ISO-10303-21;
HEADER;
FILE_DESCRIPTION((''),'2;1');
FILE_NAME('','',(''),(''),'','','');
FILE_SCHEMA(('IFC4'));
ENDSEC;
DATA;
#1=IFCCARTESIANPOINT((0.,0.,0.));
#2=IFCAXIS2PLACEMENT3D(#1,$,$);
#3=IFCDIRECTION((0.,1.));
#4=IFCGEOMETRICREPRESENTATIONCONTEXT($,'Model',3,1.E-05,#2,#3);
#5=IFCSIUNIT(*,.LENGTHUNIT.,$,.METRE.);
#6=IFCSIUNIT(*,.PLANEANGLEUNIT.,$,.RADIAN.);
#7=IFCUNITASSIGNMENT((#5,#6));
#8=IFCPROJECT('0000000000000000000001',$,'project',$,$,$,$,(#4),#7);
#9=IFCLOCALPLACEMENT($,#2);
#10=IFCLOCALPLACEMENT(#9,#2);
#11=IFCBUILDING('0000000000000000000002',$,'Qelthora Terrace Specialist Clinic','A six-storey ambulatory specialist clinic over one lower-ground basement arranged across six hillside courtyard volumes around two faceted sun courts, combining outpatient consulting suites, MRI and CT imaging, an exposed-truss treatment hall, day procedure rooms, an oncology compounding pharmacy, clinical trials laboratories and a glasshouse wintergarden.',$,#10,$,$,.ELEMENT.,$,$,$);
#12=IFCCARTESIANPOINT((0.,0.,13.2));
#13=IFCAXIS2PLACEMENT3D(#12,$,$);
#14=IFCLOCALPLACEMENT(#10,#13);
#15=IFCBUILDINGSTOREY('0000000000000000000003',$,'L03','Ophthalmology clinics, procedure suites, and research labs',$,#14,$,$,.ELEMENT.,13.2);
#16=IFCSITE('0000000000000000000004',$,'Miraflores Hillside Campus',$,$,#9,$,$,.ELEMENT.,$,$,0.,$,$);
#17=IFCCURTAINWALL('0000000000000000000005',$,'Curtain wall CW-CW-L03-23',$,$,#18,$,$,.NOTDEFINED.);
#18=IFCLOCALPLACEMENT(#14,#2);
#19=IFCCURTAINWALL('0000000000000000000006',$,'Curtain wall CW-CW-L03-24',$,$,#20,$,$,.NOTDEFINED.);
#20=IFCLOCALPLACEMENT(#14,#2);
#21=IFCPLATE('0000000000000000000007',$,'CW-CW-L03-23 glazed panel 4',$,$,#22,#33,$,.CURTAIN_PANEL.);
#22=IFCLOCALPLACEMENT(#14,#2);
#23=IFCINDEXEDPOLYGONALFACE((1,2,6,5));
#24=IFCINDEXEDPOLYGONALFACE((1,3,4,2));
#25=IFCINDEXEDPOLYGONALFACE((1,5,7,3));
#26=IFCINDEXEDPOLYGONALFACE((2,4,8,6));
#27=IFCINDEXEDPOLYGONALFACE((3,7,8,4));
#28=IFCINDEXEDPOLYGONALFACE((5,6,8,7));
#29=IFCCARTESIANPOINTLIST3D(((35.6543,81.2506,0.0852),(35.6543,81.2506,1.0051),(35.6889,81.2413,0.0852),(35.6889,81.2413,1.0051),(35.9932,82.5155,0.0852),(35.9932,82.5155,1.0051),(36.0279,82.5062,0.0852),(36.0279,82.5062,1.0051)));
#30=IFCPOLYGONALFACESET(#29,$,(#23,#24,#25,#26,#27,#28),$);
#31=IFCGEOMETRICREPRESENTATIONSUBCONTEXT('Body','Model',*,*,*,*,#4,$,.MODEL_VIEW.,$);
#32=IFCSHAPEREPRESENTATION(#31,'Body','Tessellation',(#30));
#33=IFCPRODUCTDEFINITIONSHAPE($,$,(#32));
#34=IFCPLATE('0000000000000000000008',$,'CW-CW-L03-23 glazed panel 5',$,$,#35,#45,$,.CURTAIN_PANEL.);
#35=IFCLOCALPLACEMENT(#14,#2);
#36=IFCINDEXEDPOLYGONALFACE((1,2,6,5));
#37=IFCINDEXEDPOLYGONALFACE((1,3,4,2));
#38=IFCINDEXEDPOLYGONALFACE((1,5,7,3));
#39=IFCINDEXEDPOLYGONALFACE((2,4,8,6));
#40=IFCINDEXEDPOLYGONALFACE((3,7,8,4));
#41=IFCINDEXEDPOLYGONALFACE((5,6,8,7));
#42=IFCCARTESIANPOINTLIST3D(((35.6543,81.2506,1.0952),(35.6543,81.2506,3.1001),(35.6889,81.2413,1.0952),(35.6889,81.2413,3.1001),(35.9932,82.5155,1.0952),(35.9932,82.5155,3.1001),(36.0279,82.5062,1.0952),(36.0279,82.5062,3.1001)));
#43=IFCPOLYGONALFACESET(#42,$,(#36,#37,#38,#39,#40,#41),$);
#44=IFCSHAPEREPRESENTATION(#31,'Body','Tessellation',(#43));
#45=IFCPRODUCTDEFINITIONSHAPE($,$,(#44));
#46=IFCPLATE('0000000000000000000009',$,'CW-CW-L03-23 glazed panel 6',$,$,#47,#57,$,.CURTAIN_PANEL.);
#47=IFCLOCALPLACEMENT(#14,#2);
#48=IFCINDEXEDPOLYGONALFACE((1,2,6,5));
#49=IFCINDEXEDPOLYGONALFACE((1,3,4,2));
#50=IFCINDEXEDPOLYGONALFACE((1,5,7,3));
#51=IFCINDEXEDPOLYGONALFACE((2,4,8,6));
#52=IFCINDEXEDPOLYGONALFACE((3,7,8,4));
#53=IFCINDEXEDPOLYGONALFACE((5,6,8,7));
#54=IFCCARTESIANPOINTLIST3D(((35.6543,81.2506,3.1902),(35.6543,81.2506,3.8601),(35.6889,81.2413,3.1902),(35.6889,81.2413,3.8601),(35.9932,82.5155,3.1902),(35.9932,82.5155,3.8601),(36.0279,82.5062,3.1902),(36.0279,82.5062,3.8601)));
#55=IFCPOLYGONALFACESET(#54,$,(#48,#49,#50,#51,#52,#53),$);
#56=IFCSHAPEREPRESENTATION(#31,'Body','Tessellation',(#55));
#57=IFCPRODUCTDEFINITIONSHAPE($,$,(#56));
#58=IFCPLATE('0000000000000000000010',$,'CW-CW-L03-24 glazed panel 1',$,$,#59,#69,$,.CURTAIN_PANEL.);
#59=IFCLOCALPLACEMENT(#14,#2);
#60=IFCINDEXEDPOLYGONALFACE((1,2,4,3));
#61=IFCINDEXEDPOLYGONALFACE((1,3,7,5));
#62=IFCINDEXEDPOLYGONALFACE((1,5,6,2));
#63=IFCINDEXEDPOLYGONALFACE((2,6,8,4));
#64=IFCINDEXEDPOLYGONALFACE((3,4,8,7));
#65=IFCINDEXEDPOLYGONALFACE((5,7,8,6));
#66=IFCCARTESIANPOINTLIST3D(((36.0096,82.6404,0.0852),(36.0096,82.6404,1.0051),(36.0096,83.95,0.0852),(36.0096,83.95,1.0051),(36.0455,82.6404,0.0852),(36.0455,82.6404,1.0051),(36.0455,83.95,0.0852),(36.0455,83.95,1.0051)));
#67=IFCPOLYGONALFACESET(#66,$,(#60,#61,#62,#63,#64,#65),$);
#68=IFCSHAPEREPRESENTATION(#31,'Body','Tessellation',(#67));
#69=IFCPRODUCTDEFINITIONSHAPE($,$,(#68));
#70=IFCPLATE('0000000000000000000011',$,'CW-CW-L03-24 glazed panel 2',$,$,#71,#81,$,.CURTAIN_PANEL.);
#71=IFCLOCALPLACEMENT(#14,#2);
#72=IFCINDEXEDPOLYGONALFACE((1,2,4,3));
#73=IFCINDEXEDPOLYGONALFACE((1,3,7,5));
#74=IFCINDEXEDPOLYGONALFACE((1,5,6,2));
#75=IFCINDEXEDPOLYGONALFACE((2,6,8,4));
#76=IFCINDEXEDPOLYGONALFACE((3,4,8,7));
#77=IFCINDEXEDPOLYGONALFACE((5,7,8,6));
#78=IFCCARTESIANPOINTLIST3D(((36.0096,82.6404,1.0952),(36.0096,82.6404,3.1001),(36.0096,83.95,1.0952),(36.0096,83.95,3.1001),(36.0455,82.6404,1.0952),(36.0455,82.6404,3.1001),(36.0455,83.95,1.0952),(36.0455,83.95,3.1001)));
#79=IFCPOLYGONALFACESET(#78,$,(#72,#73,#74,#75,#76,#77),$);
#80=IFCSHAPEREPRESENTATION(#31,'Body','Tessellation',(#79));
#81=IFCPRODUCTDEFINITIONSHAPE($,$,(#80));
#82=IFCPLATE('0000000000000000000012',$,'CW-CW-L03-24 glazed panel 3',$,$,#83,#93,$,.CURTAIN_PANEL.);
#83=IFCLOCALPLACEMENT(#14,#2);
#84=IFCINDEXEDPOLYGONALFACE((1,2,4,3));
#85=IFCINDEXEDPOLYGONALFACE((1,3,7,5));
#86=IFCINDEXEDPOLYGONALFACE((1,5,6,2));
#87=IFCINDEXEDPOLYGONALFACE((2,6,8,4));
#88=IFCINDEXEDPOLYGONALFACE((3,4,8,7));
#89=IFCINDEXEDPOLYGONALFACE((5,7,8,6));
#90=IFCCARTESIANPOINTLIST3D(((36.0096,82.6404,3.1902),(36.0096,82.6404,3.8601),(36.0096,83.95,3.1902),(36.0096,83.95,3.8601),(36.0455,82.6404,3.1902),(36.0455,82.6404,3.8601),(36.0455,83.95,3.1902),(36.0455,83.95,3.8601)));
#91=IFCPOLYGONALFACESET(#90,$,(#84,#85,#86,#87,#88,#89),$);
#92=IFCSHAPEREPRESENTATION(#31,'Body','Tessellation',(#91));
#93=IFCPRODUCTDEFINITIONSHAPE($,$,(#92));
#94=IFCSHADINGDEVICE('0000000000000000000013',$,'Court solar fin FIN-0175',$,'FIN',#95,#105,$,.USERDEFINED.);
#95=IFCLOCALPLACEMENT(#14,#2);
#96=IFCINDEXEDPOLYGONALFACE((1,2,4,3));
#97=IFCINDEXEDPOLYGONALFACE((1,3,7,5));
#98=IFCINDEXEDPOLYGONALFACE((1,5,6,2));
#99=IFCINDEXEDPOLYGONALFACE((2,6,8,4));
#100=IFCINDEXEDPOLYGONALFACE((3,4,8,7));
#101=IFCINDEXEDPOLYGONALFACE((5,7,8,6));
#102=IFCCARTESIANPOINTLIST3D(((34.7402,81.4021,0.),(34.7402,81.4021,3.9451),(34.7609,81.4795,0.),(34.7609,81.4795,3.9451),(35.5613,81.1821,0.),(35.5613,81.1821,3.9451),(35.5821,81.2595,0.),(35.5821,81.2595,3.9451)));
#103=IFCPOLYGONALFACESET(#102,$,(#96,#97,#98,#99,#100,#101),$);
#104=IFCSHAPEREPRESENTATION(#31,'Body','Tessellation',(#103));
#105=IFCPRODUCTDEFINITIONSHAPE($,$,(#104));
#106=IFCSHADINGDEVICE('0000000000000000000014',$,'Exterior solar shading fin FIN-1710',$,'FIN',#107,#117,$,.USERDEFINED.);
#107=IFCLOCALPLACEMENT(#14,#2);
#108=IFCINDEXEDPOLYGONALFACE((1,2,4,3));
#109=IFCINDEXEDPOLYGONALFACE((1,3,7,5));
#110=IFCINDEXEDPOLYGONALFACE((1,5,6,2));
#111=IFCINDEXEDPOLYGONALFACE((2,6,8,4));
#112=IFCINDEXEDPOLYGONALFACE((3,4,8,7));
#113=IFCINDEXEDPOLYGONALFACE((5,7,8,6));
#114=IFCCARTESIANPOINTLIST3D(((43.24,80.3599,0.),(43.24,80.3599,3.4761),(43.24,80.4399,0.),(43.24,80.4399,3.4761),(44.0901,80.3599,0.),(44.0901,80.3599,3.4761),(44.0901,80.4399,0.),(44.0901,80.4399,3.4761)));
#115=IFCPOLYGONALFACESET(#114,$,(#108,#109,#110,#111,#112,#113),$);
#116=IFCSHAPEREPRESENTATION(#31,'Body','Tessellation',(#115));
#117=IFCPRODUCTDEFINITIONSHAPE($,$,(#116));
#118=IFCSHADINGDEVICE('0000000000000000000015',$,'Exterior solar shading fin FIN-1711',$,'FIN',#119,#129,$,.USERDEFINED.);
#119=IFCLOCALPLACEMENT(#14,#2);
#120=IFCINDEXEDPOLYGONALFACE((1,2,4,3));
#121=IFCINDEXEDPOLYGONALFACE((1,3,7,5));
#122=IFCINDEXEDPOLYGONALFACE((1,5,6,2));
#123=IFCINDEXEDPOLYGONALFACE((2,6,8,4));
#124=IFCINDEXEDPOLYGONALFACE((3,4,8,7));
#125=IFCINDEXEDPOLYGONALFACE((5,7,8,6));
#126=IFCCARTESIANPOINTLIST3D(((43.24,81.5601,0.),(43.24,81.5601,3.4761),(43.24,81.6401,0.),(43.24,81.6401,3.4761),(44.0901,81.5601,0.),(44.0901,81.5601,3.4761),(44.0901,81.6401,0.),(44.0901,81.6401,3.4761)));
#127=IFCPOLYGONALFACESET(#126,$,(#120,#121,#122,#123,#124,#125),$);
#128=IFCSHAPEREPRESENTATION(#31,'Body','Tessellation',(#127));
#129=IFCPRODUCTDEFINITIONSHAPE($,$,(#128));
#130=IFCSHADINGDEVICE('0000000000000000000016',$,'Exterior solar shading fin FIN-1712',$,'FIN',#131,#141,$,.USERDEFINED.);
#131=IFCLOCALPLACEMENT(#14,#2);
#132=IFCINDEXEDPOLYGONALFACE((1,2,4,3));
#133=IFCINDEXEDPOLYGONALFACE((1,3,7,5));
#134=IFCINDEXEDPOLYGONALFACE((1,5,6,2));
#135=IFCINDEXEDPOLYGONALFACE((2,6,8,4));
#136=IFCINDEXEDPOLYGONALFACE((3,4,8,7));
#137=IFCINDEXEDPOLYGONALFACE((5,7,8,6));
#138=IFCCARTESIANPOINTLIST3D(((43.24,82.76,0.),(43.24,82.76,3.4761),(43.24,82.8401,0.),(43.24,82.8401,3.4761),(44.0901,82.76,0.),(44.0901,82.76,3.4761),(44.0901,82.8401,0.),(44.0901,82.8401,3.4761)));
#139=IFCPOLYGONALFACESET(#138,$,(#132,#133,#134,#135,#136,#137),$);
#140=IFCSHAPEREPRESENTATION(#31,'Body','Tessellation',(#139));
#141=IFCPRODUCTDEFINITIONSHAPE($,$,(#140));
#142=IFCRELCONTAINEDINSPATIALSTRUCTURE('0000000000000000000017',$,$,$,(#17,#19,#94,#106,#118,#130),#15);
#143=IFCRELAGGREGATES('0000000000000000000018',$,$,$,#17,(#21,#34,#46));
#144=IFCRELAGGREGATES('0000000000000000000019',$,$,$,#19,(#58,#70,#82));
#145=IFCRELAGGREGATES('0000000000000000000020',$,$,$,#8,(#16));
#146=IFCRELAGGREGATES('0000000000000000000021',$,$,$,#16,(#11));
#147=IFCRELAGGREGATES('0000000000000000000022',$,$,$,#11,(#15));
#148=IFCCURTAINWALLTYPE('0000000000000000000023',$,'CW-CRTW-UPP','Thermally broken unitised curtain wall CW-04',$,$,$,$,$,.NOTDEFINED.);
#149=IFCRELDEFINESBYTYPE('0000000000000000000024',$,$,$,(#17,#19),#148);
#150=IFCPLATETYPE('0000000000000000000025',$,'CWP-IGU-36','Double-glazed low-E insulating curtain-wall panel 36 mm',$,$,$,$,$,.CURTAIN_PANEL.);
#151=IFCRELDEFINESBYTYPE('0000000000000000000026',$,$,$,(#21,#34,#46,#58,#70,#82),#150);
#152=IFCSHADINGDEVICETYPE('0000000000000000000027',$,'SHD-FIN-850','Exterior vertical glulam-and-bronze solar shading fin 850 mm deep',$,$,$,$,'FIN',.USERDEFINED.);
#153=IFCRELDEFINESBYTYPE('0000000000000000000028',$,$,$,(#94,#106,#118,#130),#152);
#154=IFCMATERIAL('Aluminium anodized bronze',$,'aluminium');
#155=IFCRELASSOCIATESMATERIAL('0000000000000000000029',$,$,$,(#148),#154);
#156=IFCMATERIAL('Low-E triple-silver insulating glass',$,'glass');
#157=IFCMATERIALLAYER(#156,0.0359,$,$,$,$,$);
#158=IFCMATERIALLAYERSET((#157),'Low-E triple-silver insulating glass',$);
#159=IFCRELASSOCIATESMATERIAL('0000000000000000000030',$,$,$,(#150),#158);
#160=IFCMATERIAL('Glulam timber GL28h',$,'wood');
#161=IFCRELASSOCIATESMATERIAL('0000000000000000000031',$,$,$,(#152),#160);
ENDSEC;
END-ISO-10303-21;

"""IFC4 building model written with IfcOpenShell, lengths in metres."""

from ifc_helpers import new_model, si_unit, direction, frame, origin, origin_2d, place, context, subcontext, project, spatial, rectangle, extrude, material, layer, layer_set, type_object, element, aggregate, save


model = new_model("IFC4")

# Units and contexts
model_context = context("Model", 3, precision=1e-05, world=origin(), true_north=direction((0.0, 1.0)))
body_context = subcontext(model_context, "Body", "Model", "MODEL_VIEW")
ifc_project = project(units=[si_unit("LENGTHUNIT", "METRE"), si_unit("PLANEANGLEUNIT", "RADIAN")], contexts=[model_context])

# Site, building, storey
site_placement = place(None, origin())
site = spatial("IfcSite", under=ifc_project, at=site_placement, Name="Miraflores Hillside Campus", CompositionType="ELEMENT", RefElevation=0.0)
building_placement = place(site_placement, origin())
building = spatial("IfcBuilding", under=site, at=building_placement, Name="Qelthora Terrace Specialist Clinic", Description="A six-storey ambulatory specialist clinic over one lower-ground basement arranged across six hillside courtyard volumes around two faceted sun courts, combining outpatient consulting suites, MRI and CT imaging, an exposed-truss treatment hall, day procedure rooms, an oncology compounding pharmacy, clinical trials laboratories and a glasshouse wintergarden.", CompositionType="ELEMENT")
storey_placement = place(building_placement, frame((0.0, 0.0, 13.2)))
storey = spatial("IfcBuildingStorey", under=building, at=storey_placement, Name="L03", Description="Ophthalmology clinics, procedure suites, and research labs", CompositionType="ELEMENT", Elevation=13.2)

# Curtain wall
ifc_material_1 = material(Name="Aluminium anodized bronze", Category="aluminium")
curtain_wall_type = type_object("IfcCurtainWallType", Name="CW-CRTW-UPP", Description="Thermally broken unitised curtain wall CW-04", PredefinedType="NOTDEFINED", material=ifc_material_1)
curtain_wall_1_placement = place(storey_placement, origin())
curtain_wall_1 = element("IfcCurtainWall", 1, at=curtain_wall_1_placement, inside=storey, type_object=curtain_wall_type, Name="Curtain wall CW-CW-L03-23", PredefinedType="NOTDEFINED")

# Curtain wall
curtain_wall_2_placement = place(storey_placement, origin())
curtain_wall_2 = element("IfcCurtainWall", 2, at=curtain_wall_2_placement, inside=storey, type_object=curtain_wall_type, Name="Curtain wall CW-CW-L03-24", PredefinedType="NOTDEFINED")

# Plates
ifc_material_2 = material(Name="Low-E triple-silver insulating glass", Category="glass")
ifc_layer = layer(ifc_material_2, 0.0359)
ifc_layer_set = layer_set([ifc_layer], Name="Low-E triple-silver insulating glass")
plate_type = type_object("IfcPlateType", Name="CWP-IGU-36", Description="Double-glazed low-E insulating curtain-wall panel 36 mm", PredefinedType="CURTAIN_PANEL", material=ifc_layer_set)
plate_1_placement = place(storey_placement, frame((35.8411, 81.8784, 0.0852), z_axis=(0.0, 0.0, 1.0), x_axis=(0.258821, 0.965925, 0.0)))
plate_1 = element("IfcPlate", 3, at=plate_1_placement, type_object=plate_type, Name="CW-CW-L03-23 glazed panel 4", PredefinedType="CURTAIN_PANEL", context=body_context, shape_type="SweptSolid", body=[
    extrude(rectangle(XDim=1.3096, YDim=0.0359, at=origin_2d()), origin(), (0.0, 0.0, 1.0), 0.9199),
])
plate_2_placement = place(storey_placement, frame((35.8411, 81.8784, 1.0952), z_axis=(0.0, 0.0, 1.0), x_axis=(0.258821, 0.965925, 0.0)))
plate_2 = element("IfcPlate", 4, at=plate_2_placement, type_object=plate_type, Name="CW-CW-L03-23 glazed panel 5", PredefinedType="CURTAIN_PANEL", context=body_context, shape_type="SweptSolid", body=[
    extrude(rectangle(XDim=1.3096, YDim=0.0359, at=origin_2d()), origin(), (0.0, 0.0, 1.0), 2.0049),
])
plate_3_placement = place(storey_placement, frame((35.8411, 81.8784, 3.1902), z_axis=(0.0, 0.0, 1.0), x_axis=(0.258821, 0.965925, 0.0)))
plate_3 = element("IfcPlate", 5, at=plate_3_placement, type_object=plate_type, Name="CW-CW-L03-23 glazed panel 6", PredefinedType="CURTAIN_PANEL", context=body_context, shape_type="SweptSolid", body=[
    extrude(rectangle(XDim=1.3096, YDim=0.0359, at=origin_2d()), origin(), (0.0, 0.0, 1.0), 0.6699),
])
aggregate(curtain_wall_1, [plate_1, plate_2, plate_3])
plate_4_placement = place(storey_placement, frame((36.0276, 83.2952, 0.0852), z_axis=(0.0, 0.0, 1.0), x_axis=(0.0, 1.0, 0.0)))
plate_4 = element("IfcPlate", 6, at=plate_4_placement, type_object=plate_type, Name="CW-CW-L03-24 glazed panel 1", PredefinedType="CURTAIN_PANEL", context=body_context, shape_type="SweptSolid", body=[
    extrude(rectangle(XDim=1.3096, YDim=0.0359, at=origin_2d()), origin(), (0.0, 0.0, 1.0), 0.9199),
])
plate_5_placement = place(storey_placement, frame((36.0276, 83.2952, 1.0952), z_axis=(0.0, 0.0, 1.0), x_axis=(0.0, 1.0, 0.0)))
plate_5 = element("IfcPlate", 7, at=plate_5_placement, type_object=plate_type, Name="CW-CW-L03-24 glazed panel 2", PredefinedType="CURTAIN_PANEL", context=body_context, shape_type="SweptSolid", body=[
    extrude(rectangle(XDim=1.3096, YDim=0.0359, at=origin_2d()), origin(), (0.0, 0.0, 1.0), 2.0049),
])
plate_6_placement = place(storey_placement, frame((36.0276, 83.2952, 3.1902), z_axis=(0.0, 0.0, 1.0), x_axis=(0.0, 1.0, 0.0)))
plate_6 = element("IfcPlate", 8, at=plate_6_placement, type_object=plate_type, Name="CW-CW-L03-24 glazed panel 3", PredefinedType="CURTAIN_PANEL", context=body_context, shape_type="SweptSolid", body=[
    extrude(rectangle(XDim=1.3096, YDim=0.0359, at=origin_2d()), origin(), (0.0, 0.0, 1.0), 0.6699),
])
aggregate(curtain_wall_2, [plate_4, plate_5, plate_6])

# Shading devices
ifc_material_3 = material(Name="Glulam timber GL28h", Category="wood")
shading_device_type = type_object("IfcShadingDeviceType", Name="SHD-FIN-850", Description="Exterior vertical glulam-and-bronze solar shading fin 850 mm deep", ElementType="FIN", PredefinedType="USERDEFINED", material=ifc_material_3)
shading_device_placement = place(storey_placement, frame((35.1611, 81.3308, 0.0), z_axis=(0.0, 0.0, 1.0), x_axis=(-0.965926, 0.258819, 0.0)))
element("IfcShadingDevice", 9, at=shading_device_placement, inside=storey, type_object=shading_device_type, Name="Court solar fin FIN-0175", ObjectType="FIN", PredefinedType="USERDEFINED", context=body_context, shape_type="SweptSolid", body=[
    extrude(rectangle(XDim=0.8501, YDim=0.0801, at=origin_2d()), origin(), (0.0, 0.0, 1.0), 3.9451),
])
for number, where, z_axis, x_axis, name in (
    (10, (43.665, 80.3999, 0.0), (0.0, 0.0, 1.0), (1.0, 0.0, 0.0), "Exterior solar shading fin FIN-1710"),
    (11, (43.665, 81.6001, 0.0), (0.0, 0.0, 1.0), (1.0, 0.0, 0.0), "Exterior solar shading fin FIN-1711"),
    (12, (43.665, 82.8, 0.0), (0.0, 0.0, 1.0), (1.0, 0.0, 0.0), "Exterior solar shading fin FIN-1712"),
):
    element("IfcShadingDevice", number, at=place(storey_placement, frame(where, z_axis=z_axis, x_axis=x_axis)), inside=storey, type_object=shading_device_type, Name=name, ObjectType="FIN", PredefinedType="USERDEFINED", context=body_context, shape_type="SweptSolid", body=[
        extrude(rectangle(XDim=0.8501, YDim=0.0801, at=origin_2d()), origin(), (0.0, 0.0, 1.0), 3.4761),
    ])

save(model, "model.ifc")
